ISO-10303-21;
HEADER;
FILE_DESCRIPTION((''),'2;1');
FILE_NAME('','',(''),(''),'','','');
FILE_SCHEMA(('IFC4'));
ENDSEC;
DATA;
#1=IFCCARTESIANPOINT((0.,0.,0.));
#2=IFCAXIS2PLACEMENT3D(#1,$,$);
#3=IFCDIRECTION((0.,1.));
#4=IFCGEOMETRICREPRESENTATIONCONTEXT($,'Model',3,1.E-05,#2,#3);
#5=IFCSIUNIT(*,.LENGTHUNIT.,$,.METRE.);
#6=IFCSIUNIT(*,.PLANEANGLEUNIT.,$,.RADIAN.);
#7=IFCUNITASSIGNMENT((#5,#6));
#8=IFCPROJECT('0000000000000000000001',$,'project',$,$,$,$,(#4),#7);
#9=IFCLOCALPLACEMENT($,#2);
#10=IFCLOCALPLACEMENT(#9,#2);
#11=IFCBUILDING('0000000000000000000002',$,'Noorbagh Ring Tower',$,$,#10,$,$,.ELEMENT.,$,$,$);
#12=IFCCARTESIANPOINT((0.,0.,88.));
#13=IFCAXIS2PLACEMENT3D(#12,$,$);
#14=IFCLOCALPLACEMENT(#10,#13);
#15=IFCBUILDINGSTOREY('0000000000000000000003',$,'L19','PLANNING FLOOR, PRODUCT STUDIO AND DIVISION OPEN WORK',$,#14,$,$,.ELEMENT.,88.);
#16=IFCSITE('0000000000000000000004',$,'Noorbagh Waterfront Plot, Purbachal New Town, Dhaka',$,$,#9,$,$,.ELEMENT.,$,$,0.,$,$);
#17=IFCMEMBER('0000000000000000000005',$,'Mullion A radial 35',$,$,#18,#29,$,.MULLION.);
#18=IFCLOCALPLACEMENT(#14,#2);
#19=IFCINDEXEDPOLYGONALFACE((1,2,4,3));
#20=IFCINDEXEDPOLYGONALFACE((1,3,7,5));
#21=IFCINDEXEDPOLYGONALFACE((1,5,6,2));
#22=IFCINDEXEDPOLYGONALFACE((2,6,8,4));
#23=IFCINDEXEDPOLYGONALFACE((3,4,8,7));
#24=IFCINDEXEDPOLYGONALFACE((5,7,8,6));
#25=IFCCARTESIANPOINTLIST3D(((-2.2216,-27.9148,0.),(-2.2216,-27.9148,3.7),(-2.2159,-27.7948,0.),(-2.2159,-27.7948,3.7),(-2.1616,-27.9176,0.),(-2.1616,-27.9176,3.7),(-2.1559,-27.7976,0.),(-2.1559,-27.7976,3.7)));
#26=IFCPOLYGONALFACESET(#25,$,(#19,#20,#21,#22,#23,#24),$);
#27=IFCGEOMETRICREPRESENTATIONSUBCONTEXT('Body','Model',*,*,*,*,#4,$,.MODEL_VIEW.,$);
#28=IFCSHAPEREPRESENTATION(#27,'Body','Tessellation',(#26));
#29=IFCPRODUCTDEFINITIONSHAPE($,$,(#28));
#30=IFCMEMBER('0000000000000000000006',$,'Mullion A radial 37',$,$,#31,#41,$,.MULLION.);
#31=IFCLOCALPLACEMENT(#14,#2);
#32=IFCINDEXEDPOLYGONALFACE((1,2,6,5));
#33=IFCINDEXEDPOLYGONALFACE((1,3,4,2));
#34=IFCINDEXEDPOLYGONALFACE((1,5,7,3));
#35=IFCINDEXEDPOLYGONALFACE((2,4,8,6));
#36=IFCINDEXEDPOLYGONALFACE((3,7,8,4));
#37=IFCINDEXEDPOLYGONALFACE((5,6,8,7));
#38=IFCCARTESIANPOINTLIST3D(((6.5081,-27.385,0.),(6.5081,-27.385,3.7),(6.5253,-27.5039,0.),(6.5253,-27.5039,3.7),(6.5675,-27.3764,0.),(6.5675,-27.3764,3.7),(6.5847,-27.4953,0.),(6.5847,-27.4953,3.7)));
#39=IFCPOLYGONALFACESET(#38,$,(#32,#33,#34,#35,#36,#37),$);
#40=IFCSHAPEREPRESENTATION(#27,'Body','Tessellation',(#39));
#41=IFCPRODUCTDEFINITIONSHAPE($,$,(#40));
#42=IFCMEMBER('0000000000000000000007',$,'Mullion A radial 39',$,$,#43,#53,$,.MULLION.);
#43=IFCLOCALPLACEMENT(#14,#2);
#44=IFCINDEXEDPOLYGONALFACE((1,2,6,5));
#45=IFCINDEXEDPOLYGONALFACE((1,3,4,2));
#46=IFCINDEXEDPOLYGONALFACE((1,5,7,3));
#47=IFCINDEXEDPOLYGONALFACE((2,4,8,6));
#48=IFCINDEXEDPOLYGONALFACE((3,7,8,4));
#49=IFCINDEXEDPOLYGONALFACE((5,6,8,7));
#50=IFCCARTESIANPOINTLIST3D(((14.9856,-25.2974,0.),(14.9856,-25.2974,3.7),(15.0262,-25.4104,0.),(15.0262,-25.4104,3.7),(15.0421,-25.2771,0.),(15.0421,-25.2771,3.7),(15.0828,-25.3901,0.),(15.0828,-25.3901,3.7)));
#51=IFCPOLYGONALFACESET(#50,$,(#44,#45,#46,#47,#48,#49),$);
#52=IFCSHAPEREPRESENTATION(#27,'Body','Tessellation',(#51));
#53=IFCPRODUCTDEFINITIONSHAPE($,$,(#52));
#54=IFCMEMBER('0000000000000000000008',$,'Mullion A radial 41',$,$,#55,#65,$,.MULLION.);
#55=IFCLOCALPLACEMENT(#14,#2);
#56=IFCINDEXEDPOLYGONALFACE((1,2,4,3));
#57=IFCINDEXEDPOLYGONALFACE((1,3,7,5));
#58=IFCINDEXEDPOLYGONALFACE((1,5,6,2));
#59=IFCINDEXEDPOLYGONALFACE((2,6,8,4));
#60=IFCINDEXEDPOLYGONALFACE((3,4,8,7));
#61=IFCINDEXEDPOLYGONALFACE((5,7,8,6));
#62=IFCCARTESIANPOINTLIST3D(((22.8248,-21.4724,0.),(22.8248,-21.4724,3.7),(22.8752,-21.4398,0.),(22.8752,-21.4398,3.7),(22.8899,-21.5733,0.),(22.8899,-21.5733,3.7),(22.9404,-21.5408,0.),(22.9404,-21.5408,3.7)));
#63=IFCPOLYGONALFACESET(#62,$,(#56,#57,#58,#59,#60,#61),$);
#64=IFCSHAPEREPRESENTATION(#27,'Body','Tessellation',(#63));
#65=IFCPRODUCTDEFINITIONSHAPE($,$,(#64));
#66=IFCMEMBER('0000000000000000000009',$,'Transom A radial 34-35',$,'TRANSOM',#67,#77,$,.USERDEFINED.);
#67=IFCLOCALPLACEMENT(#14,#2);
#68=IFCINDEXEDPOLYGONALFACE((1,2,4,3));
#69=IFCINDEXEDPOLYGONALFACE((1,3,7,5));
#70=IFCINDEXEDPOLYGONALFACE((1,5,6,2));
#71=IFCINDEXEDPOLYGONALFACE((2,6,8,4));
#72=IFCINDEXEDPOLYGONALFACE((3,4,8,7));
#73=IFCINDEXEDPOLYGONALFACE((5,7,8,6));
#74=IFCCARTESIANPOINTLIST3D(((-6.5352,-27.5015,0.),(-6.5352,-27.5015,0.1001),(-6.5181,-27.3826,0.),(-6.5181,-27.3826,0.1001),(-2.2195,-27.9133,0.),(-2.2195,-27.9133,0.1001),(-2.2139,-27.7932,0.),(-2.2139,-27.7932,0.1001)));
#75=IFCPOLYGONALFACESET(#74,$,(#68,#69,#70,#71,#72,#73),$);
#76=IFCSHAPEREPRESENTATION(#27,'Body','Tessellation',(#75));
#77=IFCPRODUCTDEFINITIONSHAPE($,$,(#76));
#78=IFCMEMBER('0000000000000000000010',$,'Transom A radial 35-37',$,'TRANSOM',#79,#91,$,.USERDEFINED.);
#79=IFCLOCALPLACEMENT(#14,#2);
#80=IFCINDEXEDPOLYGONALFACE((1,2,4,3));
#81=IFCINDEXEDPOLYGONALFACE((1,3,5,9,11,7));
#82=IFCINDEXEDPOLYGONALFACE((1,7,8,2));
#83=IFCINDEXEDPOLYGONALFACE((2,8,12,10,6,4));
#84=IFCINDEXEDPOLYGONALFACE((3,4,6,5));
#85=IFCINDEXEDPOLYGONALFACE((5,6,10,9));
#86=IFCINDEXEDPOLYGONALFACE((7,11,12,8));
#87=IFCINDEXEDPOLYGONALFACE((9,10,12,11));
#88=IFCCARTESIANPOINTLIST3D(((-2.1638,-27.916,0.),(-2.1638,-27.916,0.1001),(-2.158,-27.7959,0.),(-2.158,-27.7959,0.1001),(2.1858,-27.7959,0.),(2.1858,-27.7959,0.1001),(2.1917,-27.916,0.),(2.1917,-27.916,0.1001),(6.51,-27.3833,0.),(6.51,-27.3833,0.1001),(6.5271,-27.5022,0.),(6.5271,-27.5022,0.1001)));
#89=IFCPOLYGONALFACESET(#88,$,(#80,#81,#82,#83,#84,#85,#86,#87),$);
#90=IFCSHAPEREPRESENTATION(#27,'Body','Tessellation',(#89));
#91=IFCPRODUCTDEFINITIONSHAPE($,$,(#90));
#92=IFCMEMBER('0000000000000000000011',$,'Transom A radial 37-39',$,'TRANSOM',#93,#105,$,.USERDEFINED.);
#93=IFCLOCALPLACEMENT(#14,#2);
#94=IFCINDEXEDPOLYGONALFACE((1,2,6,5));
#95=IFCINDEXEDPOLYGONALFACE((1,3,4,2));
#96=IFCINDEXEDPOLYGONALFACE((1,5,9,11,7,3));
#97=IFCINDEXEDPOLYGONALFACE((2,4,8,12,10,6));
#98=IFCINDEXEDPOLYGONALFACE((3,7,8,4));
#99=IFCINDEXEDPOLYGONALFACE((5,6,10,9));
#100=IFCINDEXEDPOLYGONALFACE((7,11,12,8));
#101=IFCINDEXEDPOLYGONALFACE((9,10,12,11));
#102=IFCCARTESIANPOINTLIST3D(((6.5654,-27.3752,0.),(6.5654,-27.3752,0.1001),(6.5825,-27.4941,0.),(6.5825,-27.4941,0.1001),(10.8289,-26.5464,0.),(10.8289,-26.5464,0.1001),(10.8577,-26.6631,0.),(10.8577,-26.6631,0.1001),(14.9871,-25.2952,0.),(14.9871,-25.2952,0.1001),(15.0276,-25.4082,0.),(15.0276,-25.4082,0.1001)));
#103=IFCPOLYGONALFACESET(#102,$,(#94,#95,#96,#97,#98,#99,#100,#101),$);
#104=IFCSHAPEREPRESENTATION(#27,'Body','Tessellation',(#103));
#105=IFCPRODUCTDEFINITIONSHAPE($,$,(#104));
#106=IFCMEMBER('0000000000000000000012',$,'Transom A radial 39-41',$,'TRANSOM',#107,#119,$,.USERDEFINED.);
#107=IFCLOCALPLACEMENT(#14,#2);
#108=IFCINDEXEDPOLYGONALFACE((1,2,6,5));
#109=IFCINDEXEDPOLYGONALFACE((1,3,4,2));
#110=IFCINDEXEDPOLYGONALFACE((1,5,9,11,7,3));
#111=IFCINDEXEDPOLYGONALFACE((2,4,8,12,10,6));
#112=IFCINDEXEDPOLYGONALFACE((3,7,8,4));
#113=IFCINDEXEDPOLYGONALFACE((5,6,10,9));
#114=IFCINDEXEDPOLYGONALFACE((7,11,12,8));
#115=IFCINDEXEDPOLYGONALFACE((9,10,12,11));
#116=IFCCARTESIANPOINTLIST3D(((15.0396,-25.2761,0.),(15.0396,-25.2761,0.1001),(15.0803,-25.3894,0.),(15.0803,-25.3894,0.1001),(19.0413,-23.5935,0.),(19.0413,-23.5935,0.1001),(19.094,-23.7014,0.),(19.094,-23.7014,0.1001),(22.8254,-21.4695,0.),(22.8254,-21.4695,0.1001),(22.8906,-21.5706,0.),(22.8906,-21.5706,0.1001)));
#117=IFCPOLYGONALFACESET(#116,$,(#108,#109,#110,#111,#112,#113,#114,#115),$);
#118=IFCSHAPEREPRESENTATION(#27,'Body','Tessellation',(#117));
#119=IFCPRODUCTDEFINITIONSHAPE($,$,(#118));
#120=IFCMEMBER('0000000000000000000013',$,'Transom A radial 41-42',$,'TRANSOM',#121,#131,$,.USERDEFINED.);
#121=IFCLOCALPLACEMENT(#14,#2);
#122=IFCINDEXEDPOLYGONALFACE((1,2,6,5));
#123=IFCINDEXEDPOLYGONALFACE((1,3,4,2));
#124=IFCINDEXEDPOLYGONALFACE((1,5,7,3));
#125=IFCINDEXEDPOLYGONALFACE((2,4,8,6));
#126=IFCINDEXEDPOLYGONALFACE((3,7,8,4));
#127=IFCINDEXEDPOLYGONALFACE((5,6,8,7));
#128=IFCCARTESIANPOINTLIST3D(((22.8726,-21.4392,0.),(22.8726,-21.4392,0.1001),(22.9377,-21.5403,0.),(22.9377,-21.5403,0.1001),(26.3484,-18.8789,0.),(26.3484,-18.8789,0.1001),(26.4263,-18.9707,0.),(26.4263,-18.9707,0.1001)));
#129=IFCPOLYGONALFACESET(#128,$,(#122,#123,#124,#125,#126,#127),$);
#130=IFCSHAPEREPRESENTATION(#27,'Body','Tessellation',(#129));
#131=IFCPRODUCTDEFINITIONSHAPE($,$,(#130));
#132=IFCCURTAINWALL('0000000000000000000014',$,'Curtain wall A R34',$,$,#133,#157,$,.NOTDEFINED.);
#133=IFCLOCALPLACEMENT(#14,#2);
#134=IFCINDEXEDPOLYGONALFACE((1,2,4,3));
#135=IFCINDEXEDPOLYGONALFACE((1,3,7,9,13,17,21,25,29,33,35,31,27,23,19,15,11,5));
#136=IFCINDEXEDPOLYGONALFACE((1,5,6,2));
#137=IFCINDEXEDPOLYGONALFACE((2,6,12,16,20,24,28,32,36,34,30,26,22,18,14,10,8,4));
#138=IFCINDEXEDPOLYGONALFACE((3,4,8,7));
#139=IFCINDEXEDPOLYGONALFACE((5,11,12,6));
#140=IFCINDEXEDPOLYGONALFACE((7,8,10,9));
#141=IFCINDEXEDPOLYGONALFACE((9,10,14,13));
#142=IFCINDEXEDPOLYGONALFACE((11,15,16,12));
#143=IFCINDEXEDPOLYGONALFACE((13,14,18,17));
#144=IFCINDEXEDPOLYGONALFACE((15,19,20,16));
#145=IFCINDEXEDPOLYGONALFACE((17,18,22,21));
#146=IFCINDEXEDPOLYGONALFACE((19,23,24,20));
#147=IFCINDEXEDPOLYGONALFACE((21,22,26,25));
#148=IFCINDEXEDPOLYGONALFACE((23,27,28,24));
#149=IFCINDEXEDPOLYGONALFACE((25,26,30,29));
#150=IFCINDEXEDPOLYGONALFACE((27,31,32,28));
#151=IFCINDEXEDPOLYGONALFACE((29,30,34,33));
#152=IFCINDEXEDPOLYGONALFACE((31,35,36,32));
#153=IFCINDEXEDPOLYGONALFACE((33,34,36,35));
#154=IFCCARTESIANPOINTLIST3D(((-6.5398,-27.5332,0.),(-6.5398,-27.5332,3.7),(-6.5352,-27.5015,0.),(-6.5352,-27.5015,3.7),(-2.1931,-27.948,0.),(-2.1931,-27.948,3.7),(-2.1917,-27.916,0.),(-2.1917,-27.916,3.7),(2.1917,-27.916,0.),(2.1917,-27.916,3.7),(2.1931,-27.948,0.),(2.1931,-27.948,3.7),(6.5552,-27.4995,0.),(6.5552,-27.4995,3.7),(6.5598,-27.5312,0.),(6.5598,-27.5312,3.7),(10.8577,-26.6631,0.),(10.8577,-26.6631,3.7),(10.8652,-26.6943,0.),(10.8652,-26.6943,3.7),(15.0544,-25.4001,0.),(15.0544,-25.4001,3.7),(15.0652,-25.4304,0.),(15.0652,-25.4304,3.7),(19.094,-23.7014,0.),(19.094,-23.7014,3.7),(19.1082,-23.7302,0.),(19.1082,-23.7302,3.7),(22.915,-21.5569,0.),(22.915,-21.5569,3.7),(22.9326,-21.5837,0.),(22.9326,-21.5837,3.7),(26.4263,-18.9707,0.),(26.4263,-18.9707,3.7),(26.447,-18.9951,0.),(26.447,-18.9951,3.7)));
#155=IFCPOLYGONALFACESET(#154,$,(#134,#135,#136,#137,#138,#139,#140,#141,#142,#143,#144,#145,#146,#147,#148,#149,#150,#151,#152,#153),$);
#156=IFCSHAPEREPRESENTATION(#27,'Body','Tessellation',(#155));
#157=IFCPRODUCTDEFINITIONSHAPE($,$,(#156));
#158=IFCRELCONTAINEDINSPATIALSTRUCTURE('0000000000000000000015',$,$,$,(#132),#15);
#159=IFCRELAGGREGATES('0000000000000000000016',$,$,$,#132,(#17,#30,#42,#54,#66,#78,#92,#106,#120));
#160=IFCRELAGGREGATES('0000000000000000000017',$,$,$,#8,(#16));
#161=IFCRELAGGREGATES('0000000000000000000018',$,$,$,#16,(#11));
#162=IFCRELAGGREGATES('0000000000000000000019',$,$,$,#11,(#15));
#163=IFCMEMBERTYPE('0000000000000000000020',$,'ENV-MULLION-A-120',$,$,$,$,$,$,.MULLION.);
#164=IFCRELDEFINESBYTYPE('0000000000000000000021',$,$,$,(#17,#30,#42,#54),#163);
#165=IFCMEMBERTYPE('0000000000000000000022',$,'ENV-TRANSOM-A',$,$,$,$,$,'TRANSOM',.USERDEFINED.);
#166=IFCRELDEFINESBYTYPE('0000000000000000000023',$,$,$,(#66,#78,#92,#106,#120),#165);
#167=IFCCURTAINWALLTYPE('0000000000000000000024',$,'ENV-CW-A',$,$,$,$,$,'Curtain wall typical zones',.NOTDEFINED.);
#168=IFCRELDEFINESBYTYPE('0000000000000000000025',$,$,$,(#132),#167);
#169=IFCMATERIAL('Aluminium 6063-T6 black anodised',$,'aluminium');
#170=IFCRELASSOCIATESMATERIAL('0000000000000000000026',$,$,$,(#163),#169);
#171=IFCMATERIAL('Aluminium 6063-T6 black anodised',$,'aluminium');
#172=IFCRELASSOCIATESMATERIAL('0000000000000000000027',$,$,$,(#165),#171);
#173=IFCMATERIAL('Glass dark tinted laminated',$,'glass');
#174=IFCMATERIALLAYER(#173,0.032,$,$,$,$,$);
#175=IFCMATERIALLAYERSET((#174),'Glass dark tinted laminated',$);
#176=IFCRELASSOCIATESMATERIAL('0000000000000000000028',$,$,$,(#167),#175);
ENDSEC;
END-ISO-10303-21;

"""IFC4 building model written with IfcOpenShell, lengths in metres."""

from ifc_helpers import new_model, si_unit, direction, frame, origin, origin_2d, place, context, subcontext, project, spatial, polyline, rectangle, outline, extrude, material, layer, layer_set, material_profile, profile_set, type_object, element, aggregate, save


model = new_model("IFC4")

# Units and contexts
model_context = context("Model", 3, precision=1e-05, world=origin(), true_north=direction((0.0, 1.0)))
body_context = subcontext(model_context, "Body", "Model", "MODEL_VIEW")
ifc_project = project(units=[si_unit("LENGTHUNIT", "METRE"), si_unit("PLANEANGLEUNIT", "RADIAN")], contexts=[model_context])

# Members
ifc_material_1 = material(Name="Aluminium 6063-T6 black anodised", Category="aluminium")
ifc_material_profile_1 = material_profile(ifc_material_1, rectangle(XDim=0.1201, YDim=0.0601, at=origin_2d()), Name="120x60")
ifc_profile_set_1 = profile_set([ifc_material_profile_1], Name="Aluminium 6063-T6 black anodised")
member_type_1 = type_object("IfcMemberType", Name="ENV-MULLION-A-120", PredefinedType="MULLION", material=ifc_profile_set_1)
site_placement = place(None, origin())
building_placement = place(site_placement, origin())
storey_placement = place(building_placement, frame((0.0, 0.0, 88.0)))
member_1_placement = place(storey_placement, frame((-2.1887, -27.8562, 0.0), z_axis=(0.0, 0.0, 1.0), x_axis=(0.047558, 0.998868, 0.0)))
member_1 = element("IfcMember", 1, at=member_1_placement, type_object=member_type_1, Name="Mullion A radial 35", PredefinedType="MULLION", context=body_context, shape_type="SweptSolid", body=[
    extrude(rectangle(XDim=0.1201, YDim=0.0601, at=origin_2d()), origin(), (0.0, 0.0, 1.0), 3.7),
])
member_2_placement = place(storey_placement, frame((6.5464, -27.4402, 0.0), z_axis=(0.0, 0.0, 1.0), x_axis=(-0.143082, 0.989711, 0.0)))
member_2 = element("IfcMember", 2, at=member_2_placement, type_object=member_type_1, Name="Mullion A radial 37", PredefinedType="MULLION", context=body_context, shape_type="SweptSolid", body=[
    extrude(rectangle(XDim=0.1201, YDim=0.0601, at=origin_2d()), origin(), (0.0, 0.0, 1.0), 3.7),
])
member_3_placement = place(storey_placement, frame((15.0342, -25.3438, 0.0), z_axis=(0.0, 0.0, 1.0), x_axis=(-0.338379, 0.94101, 0.0)))
member_3 = element("IfcMember", 3, at=member_3_placement, type_object=member_type_1, Name="Mullion A radial 39", PredefinedType="MULLION", context=body_context, shape_type="SweptSolid", body=[
    extrude(rectangle(XDim=0.1201, YDim=0.0601, at=origin_2d()), origin(), (0.0, 0.0, 1.0), 3.7),
])
member_4_placement = place(storey_placement, frame((22.8826, -21.5066, 0.0), z_axis=(0.0, 0.0, 1.0), x_axis=(-0.542279, 0.840198, 0.0)))
member_4 = element("IfcMember", 4, at=member_4_placement, type_object=member_type_1, Name="Mullion A radial 41", PredefinedType="MULLION", context=body_context, shape_type="SweptSolid", body=[
    extrude(rectangle(XDim=0.1201, YDim=0.0601, at=origin_2d()), origin(), (0.0, 0.0, 1.0), 3.7),
])
ifc_material_2 = material(Name="Aluminium 6063-T6 black anodised", Category="aluminium")
member_type_2 = type_object("IfcMemberType", Name="ENV-TRANSOM-A", ElementType="TRANSOM", PredefinedType="USERDEFINED", material=ifc_material_2)
member_5_placement = place(storey_placement, origin())
member_5 = element("IfcMember", 5, at=member_5_placement, type_object=member_type_2, Name="Transom A radial 34-35", ObjectType="TRANSOM", PredefinedType="USERDEFINED", context=body_context, shape_type="SweptSolid", body=[
    extrude(outline(polyline([(-6.5352, -27.5015), (-2.2195, -27.9133), (-2.2139, -27.7932), (-6.5181, -27.3826), (-6.5352, -27.5015)])), origin(), (0.0, 0.0, 1.0), 0.1001),
])
member_6_placement = place(storey_placement, origin())
member_6 = element("IfcMember", 6, at=member_6_placement, type_object=member_type_2, Name="Transom A radial 35-37", ObjectType="TRANSOM", PredefinedType="USERDEFINED", context=body_context, shape_type="SweptSolid", body=[
    extrude(outline(polyline([(-2.1638, -27.916), (2.1917, -27.916), (6.5271, -27.5022), (6.51, -27.3833), (2.1858, -27.7959), (-2.158, -27.7959), (-2.1638, -27.916)])), origin(), (0.0, 0.0, 1.0), 0.1001),
])
member_7_placement = place(storey_placement, origin())
member_7 = element("IfcMember", 7, at=member_7_placement, type_object=member_type_2, Name="Transom A radial 37-39", ObjectType="TRANSOM", PredefinedType="USERDEFINED", context=body_context, shape_type="SweptSolid", body=[
    extrude(outline(polyline([(6.5825, -27.4941), (10.8577, -26.6631), (15.0276, -25.4082), (14.9871, -25.2952), (10.8289, -26.5464), (6.5654, -27.3752), (6.5825, -27.4941)])), origin(), (0.0, 0.0, 1.0), 0.1001),
])
member_8_placement = place(storey_placement, origin())
member_8 = element("IfcMember", 8, at=member_8_placement, type_object=member_type_2, Name="Transom A radial 39-41", ObjectType="TRANSOM", PredefinedType="USERDEFINED", context=body_context, shape_type="SweptSolid", body=[
    extrude(outline(polyline([(15.0803, -25.3894), (19.094, -23.7014), (22.8906, -21.5706), (22.8254, -21.4695), (19.0413, -23.5935), (15.0396, -25.2761), (15.0803, -25.3894)])), origin(), (0.0, 0.0, 1.0), 0.1001),
])
member_9_placement = place(storey_placement, origin())
member_9 = element("IfcMember", 9, at=member_9_placement, type_object=member_type_2, Name="Transom A radial 41-42", ObjectType="TRANSOM", PredefinedType="USERDEFINED", context=body_context, shape_type="SweptSolid", body=[
    extrude(outline(polyline([(22.9377, -21.5403), (26.4263, -18.9707), (26.3484, -18.8789), (22.8726, -21.4392), (22.9377, -21.5403)])), origin(), (0.0, 0.0, 1.0), 0.1001),
])

# Site, building, storey
site = spatial("IfcSite", under=ifc_project, at=site_placement, Name="Noorbagh Waterfront Plot, Purbachal New Town, Dhaka", CompositionType="ELEMENT", RefElevation=0.0)
building = spatial("IfcBuilding", under=site, at=building_placement, Name="Noorbagh Ring Tower", CompositionType="ELEMENT")
storey = spatial("IfcBuildingStorey", under=building, at=storey_placement, Name="L19", Description="PLANNING FLOOR, PRODUCT STUDIO AND DIVISION OPEN WORK", CompositionType="ELEMENT", Elevation=88.0)

# Curtain wall
ifc_material_3 = material(Name="Glass dark tinted laminated", Category="glass")
ifc_layer_1 = layer(ifc_material_3, 0.032)
ifc_layer_set_1 = layer_set([ifc_layer_1], Name="Glass dark tinted laminated")
curtain_wall_type_1 = type_object("IfcCurtainWallType", Name="ENV-CW-A", ElementType="Curtain wall typical zones", PredefinedType="NOTDEFINED", material=ifc_layer_set_1)
curtain_wall_1_placement = place(storey_placement, origin())
curtain_wall_1 = element("IfcCurtainWall", 10, at=curtain_wall_1_placement, inside=storey, type_object=curtain_wall_type_1, Name="Curtain wall A R34", PredefinedType="NOTDEFINED", context=body_context, shape_type="SweptSolid", body=[
    extrude(outline(polyline([(-6.5398, -27.5332), (-2.1931, -27.948), (2.1931, -27.948), (6.5598, -27.5312), (10.8652, -26.6943), (15.0652, -25.4304), (19.1082, -23.7302), (22.9326, -21.5837), (26.447, -18.9951), (26.4263, -18.9707), (22.915, -21.5569), (19.094, -23.7014), (15.0544, -25.4001), (10.8577, -26.6631), (6.5552, -27.4995), (2.1917, -27.916), (-2.1917, -27.916), (-6.5352, -27.5015), (-6.5398, -27.5332)])), origin(), (0.0, 0.0, 1.0), 3.7),
])
aggregate(curtain_wall_1, [member_1, member_2, member_3, member_4, member_5, member_6, member_7, member_8, member_9])

save(model, "model.ifc")
